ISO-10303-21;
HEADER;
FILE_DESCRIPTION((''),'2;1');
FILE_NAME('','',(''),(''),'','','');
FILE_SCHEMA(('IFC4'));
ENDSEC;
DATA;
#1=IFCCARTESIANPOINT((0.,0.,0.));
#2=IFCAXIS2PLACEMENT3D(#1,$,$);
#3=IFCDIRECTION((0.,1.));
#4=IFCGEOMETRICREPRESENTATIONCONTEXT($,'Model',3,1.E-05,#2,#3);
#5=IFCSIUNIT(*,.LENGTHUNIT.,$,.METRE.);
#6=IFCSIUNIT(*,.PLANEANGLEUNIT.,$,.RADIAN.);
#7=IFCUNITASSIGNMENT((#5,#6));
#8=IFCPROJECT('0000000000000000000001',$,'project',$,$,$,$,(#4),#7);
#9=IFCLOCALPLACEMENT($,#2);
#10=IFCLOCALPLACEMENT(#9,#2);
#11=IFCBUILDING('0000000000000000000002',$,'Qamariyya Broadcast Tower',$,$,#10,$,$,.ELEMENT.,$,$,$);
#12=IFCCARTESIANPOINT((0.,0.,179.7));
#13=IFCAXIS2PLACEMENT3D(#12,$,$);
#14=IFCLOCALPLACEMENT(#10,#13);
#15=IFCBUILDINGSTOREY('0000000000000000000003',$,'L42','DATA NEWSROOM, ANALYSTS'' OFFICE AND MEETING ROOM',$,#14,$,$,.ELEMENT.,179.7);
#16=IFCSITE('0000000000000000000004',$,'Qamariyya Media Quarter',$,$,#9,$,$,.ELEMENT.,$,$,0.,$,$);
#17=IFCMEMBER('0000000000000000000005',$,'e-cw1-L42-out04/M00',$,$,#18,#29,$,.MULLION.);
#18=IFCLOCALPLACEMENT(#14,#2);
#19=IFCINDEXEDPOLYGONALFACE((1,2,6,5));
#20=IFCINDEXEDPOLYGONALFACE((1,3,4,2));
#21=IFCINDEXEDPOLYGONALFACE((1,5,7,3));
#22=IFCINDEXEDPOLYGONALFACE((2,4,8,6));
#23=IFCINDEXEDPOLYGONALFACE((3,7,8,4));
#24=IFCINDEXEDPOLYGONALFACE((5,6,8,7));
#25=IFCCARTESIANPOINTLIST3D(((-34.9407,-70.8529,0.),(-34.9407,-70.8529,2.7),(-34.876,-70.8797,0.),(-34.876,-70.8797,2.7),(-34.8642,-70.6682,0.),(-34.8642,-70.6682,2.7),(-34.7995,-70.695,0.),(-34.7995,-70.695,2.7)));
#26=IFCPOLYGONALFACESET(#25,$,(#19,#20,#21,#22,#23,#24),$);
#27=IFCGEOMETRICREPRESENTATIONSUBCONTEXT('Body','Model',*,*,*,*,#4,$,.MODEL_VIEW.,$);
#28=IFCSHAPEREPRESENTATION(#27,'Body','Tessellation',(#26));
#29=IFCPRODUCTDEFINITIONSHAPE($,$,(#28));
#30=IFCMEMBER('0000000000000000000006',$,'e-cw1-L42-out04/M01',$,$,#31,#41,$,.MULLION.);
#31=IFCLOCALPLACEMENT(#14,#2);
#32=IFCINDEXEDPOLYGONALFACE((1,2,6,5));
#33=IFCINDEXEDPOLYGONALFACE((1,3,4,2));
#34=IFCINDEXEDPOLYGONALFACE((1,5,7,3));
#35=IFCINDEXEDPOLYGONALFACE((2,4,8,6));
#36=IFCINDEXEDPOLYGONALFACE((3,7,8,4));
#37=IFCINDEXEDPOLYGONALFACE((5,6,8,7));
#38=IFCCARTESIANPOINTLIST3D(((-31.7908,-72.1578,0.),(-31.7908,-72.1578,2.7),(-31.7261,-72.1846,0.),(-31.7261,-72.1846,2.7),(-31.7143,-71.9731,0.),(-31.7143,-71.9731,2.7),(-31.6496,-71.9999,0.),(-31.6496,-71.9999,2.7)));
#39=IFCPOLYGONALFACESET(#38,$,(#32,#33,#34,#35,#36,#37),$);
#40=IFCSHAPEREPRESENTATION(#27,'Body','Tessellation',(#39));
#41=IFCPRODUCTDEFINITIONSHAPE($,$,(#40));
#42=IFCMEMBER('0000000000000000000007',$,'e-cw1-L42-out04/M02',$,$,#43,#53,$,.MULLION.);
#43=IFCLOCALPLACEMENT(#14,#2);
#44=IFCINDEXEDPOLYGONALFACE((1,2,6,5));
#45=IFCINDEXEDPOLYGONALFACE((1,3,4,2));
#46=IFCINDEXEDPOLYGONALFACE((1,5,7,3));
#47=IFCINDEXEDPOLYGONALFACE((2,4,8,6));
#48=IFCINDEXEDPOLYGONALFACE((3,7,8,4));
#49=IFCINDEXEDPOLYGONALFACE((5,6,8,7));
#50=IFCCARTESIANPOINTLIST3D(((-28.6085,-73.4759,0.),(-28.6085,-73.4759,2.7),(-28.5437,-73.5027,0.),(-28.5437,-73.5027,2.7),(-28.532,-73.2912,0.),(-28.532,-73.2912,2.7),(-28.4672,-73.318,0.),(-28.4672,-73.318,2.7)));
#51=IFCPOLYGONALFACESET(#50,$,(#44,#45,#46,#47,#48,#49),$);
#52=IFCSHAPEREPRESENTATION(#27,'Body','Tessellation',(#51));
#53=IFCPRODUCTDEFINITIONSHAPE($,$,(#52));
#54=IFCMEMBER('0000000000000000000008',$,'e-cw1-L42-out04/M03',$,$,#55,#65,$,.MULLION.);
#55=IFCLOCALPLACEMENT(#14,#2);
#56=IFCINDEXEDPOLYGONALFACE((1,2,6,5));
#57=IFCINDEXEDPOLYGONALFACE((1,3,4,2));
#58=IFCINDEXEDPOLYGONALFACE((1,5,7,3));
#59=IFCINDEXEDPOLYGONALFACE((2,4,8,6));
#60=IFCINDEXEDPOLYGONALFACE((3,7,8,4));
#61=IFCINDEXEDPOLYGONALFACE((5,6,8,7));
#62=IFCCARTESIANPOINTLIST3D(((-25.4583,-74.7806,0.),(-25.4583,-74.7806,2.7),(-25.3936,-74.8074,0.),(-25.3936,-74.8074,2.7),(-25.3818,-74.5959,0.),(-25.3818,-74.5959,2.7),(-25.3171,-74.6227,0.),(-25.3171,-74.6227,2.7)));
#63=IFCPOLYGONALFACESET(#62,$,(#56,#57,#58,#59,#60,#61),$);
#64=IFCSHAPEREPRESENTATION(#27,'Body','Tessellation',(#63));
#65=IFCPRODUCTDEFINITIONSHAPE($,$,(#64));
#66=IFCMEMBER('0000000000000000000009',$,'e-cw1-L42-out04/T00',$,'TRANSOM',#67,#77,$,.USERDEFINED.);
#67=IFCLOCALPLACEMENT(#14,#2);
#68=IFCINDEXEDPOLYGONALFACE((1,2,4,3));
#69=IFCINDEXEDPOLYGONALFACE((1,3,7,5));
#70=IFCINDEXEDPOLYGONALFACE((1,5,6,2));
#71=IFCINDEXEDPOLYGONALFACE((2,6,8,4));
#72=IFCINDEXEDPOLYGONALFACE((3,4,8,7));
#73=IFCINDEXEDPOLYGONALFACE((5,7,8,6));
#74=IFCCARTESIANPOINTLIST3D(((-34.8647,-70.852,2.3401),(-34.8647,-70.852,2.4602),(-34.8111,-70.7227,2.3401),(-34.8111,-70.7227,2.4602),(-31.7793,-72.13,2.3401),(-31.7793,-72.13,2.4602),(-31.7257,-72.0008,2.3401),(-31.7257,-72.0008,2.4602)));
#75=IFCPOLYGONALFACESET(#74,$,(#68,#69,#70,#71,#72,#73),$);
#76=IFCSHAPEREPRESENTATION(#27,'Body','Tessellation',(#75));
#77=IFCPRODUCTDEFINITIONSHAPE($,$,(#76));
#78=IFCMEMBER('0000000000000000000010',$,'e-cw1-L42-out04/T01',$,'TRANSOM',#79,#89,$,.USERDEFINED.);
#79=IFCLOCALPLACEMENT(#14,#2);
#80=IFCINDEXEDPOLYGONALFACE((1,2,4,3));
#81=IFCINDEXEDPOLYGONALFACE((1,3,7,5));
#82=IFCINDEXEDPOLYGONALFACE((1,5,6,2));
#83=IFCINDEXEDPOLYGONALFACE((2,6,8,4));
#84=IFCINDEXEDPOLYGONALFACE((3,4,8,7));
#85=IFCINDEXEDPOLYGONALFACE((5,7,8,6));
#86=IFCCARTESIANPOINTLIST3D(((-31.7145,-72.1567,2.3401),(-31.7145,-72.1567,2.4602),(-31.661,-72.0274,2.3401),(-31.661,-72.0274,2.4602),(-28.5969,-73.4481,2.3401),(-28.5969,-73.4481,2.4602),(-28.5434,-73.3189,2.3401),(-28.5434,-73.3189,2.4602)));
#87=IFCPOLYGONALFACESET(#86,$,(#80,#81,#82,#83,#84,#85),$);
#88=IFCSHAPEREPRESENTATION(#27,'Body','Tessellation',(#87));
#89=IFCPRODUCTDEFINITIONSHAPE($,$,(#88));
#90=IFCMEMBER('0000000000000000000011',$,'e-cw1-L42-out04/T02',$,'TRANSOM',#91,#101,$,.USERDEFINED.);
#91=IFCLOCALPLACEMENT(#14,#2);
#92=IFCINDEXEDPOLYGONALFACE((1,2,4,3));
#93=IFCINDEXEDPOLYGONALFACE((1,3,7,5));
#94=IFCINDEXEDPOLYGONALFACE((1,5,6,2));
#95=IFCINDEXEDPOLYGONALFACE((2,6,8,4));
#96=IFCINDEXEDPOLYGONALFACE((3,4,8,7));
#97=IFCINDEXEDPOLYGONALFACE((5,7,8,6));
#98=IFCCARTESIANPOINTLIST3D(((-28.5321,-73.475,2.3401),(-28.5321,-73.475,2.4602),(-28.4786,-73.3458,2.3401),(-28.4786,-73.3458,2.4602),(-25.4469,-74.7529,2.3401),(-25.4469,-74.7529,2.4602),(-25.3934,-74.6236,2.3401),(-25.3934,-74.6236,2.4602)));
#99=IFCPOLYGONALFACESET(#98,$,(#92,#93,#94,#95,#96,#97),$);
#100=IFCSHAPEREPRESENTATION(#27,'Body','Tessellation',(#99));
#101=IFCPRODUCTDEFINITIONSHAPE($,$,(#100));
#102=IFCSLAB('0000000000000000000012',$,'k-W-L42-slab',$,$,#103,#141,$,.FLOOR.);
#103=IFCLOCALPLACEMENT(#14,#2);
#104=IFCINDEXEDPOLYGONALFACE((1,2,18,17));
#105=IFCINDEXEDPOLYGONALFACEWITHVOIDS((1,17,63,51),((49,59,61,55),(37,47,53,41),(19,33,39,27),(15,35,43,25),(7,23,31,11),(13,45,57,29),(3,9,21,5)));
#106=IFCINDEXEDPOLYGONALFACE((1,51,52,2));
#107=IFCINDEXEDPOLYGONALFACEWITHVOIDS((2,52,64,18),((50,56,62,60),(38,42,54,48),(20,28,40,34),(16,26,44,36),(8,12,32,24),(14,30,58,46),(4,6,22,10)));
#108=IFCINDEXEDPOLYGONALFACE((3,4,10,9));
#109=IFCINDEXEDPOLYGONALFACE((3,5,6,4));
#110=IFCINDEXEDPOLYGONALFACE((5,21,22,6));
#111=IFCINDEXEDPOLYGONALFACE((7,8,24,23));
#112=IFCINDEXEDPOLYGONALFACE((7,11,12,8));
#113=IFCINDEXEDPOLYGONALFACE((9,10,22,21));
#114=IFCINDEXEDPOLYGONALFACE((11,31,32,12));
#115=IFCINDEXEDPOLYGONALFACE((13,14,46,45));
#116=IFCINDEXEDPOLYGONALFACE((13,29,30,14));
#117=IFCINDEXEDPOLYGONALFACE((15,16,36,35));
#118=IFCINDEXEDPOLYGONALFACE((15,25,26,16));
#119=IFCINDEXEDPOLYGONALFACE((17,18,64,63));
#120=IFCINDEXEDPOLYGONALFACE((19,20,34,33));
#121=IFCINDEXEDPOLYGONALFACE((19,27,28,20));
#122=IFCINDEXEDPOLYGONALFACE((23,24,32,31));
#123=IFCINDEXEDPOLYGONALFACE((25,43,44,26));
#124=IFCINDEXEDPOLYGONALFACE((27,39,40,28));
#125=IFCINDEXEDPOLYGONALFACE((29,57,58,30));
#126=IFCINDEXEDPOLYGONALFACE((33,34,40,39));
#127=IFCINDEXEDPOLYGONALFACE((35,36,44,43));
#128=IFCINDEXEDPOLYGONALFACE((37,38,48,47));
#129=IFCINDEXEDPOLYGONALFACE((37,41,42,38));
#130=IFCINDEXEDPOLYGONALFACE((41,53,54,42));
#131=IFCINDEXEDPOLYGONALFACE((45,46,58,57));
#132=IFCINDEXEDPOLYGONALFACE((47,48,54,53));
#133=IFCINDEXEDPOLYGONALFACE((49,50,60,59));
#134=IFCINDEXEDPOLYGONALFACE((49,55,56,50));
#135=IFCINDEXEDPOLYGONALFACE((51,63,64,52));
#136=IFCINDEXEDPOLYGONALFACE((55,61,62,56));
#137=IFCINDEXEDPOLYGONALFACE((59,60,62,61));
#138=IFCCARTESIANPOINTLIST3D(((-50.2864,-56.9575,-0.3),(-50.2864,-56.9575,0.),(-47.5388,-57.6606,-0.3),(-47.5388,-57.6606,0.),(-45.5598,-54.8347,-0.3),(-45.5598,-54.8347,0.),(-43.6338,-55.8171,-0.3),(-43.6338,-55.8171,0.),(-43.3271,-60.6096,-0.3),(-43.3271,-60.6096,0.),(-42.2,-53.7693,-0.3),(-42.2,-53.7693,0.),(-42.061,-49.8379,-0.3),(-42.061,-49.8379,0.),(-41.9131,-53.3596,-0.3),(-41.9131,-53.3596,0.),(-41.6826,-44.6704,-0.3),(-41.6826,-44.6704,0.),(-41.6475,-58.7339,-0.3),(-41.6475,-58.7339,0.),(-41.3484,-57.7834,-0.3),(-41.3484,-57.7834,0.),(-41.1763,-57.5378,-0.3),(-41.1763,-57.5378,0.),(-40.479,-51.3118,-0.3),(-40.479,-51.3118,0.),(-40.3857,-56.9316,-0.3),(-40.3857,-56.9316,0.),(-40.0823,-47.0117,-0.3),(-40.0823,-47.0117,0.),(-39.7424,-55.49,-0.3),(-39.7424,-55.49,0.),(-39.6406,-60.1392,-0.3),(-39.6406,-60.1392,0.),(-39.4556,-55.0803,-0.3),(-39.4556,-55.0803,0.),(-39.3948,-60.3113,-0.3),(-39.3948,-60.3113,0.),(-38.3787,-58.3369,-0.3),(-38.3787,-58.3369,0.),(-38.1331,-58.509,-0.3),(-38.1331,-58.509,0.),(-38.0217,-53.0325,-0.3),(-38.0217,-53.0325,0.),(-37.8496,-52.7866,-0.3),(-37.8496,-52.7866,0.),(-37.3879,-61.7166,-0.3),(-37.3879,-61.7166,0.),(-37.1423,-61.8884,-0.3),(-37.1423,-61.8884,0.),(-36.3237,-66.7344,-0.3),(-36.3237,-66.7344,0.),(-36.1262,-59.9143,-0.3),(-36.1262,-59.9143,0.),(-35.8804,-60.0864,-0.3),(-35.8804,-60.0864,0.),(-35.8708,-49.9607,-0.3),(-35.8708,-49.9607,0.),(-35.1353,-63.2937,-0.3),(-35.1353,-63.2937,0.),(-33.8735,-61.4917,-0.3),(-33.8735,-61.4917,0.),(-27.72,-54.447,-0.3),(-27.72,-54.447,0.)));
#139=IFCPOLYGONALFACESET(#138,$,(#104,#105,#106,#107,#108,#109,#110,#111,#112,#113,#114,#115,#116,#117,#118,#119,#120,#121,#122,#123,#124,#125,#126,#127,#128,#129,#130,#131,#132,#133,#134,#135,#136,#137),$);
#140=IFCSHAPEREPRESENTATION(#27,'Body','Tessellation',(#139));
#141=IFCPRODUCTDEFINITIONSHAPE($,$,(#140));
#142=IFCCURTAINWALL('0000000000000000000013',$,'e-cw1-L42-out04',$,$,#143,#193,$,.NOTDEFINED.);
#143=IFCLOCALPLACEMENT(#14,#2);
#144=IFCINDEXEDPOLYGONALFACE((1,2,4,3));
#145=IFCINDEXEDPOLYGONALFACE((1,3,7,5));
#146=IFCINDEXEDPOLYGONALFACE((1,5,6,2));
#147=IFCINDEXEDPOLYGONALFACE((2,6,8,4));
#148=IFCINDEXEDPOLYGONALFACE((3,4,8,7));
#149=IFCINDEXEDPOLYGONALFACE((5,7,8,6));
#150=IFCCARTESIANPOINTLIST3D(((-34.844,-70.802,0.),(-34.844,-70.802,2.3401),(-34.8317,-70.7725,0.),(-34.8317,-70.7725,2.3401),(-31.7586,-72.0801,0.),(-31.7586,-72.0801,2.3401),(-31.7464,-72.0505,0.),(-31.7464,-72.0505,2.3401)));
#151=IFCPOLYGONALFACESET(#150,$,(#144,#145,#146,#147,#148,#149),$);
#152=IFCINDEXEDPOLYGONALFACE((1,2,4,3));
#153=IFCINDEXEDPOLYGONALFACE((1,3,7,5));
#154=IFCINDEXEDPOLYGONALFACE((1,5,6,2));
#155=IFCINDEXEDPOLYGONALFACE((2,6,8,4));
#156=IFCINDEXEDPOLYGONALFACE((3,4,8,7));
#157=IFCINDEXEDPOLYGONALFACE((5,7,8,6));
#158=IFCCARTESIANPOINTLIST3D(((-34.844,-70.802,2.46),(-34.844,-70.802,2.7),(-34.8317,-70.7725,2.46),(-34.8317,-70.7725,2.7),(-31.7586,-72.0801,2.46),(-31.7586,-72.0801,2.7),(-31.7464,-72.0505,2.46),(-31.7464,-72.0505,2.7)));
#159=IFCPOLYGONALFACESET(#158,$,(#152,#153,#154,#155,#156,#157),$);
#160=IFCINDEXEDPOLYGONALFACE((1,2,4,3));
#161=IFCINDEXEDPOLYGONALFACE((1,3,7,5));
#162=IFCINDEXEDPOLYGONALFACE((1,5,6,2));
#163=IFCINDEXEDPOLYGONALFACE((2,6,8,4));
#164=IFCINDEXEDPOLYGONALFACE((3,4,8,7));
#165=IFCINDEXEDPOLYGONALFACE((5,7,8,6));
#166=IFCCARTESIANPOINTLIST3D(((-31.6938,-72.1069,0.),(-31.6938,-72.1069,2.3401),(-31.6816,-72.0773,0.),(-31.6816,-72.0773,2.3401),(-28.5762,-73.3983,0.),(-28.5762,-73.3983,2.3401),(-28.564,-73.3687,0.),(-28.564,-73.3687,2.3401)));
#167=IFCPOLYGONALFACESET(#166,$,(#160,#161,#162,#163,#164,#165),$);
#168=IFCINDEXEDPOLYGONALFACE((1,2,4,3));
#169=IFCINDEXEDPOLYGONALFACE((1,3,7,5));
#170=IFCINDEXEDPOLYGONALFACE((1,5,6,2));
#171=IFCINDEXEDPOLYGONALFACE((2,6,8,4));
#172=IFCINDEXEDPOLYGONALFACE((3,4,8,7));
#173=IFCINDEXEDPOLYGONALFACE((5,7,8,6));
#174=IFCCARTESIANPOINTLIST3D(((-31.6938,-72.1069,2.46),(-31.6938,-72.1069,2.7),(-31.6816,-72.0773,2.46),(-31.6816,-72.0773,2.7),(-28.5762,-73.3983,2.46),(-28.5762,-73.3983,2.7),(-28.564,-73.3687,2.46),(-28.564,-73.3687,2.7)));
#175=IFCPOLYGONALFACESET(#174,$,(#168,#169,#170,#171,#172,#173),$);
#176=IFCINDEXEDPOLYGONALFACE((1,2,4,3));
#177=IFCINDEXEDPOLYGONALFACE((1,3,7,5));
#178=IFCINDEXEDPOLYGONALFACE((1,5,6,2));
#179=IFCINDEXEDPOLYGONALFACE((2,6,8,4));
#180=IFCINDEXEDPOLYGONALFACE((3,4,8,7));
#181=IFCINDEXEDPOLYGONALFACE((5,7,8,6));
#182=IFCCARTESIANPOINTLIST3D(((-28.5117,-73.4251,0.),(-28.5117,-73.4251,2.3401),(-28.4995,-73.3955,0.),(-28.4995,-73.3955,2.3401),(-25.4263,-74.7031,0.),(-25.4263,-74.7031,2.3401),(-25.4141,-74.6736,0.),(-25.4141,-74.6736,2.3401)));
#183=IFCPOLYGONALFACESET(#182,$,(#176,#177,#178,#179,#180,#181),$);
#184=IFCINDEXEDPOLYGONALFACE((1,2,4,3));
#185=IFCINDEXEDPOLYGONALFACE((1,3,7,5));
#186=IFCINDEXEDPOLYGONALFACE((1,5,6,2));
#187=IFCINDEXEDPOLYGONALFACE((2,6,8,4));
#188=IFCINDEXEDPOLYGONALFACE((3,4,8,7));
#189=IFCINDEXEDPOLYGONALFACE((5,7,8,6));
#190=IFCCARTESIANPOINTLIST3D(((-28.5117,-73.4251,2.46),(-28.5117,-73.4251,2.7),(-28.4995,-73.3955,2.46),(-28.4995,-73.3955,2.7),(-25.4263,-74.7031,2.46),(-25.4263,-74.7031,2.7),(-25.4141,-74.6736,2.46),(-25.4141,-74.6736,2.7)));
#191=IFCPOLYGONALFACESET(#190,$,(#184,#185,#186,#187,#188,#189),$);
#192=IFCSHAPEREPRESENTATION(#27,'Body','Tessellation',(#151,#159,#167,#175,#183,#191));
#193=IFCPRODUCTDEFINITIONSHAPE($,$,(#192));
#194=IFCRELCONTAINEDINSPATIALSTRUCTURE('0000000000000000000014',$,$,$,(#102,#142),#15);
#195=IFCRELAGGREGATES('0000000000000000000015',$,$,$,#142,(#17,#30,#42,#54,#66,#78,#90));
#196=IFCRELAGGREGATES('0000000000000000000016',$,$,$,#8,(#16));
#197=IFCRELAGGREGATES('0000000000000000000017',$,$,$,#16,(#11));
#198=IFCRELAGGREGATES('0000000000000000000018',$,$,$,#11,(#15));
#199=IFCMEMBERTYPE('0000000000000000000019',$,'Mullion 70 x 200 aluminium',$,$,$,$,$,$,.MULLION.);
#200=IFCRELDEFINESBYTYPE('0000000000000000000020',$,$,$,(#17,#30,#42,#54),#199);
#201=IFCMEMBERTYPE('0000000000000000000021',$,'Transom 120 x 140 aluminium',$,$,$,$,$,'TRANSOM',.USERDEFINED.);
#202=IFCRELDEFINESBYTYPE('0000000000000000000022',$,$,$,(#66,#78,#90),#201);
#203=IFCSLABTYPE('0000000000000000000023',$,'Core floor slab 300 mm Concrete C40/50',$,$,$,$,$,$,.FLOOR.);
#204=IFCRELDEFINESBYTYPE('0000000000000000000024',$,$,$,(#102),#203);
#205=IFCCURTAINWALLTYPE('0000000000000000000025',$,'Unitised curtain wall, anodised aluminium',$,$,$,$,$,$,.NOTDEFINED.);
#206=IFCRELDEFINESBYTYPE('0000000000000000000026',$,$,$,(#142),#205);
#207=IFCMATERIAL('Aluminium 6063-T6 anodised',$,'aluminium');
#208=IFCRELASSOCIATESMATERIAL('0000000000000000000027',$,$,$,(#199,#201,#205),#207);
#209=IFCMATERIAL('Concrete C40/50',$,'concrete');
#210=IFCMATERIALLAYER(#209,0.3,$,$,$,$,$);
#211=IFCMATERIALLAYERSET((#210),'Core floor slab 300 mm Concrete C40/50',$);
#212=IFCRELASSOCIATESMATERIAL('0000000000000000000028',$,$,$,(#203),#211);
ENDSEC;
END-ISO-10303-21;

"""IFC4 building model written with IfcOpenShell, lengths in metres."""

from ifc_helpers import new_model, si_unit, direction, frame, origin, origin_2d, place, context, subcontext, project, spatial, polyline, rectangle, outline, extrude, material, layer, layer_set, material_profile, profile_set, type_object, element, aggregate, save


model = new_model("IFC4")

# Units and contexts
model_context = context("Model", 3, precision=1e-05, world=origin(), true_north=direction((0.0, 1.0)))
body_context = subcontext(model_context, "Body", "Model", "MODEL_VIEW")
ifc_project = project(units=[si_unit("LENGTHUNIT", "METRE"), si_unit("PLANEANGLEUNIT", "RADIAN")], contexts=[model_context])

# Members
ifc_material_1 = material(Name="Aluminium 6063-T6 anodised", Category="aluminium")
ifc_material_profile_1 = material_profile(ifc_material_1, rectangle(XDim=0.2, YDim=0.0701, at=origin_2d()))
ifc_profile_set_1 = profile_set([ifc_material_profile_1], Name="Aluminium 6063-T6 anodised")
member_type_1 = type_object("IfcMemberType", Name="Mullion 70 x 200 aluminium", PredefinedType="MULLION", material=ifc_profile_set_1)
site_placement = place(None, origin())
building_placement = place(site_placement, origin())
storey_placement = place(building_placement, frame((0.0, 0.0, 179.7)))
member_1_placement = place(storey_placement, frame((-34.8701, -70.7739, 0.0), z_axis=(0.0, 0.0, 1.0), x_axis=(0.382683, 0.92388, 0.0)))
member_1 = element("IfcMember", 1, at=member_1_placement, type_object=member_type_1, Name="e-cw1-L42-out04/M00", PredefinedType="MULLION", context=body_context, shape_type="SweptSolid", body=[
    extrude(rectangle(XDim=0.2, YDim=0.0701, at=origin_2d()), origin(), (0.0, 0.0, 1.0), 2.7),
])
member_2_placement = place(storey_placement, frame((-31.7202, -72.0789, 0.0), z_axis=(0.0, 0.0, 1.0), x_axis=(0.382683, 0.92388, 0.0)))
member_2 = element("IfcMember", 2, at=member_2_placement, type_object=member_type_1, Name="e-cw1-L42-out04/M01", PredefinedType="MULLION", context=body_context, shape_type="SweptSolid", body=[
    extrude(rectangle(XDim=0.2, YDim=0.0701, at=origin_2d()), origin(), (0.0, 0.0, 1.0), 2.7),
])
member_3_placement = place(storey_placement, frame((-28.5378, -73.397, 0.0), z_axis=(0.0, 0.0, 1.0), x_axis=(0.382683, 0.92388, 0.0)))
member_3 = element("IfcMember", 3, at=member_3_placement, type_object=member_type_1, Name="e-cw1-L42-out04/M02", PredefinedType="MULLION", context=body_context, shape_type="SweptSolid", body=[
    extrude(rectangle(XDim=0.2, YDim=0.0701, at=origin_2d()), origin(), (0.0, 0.0, 1.0), 2.7),
])
member_4_placement = place(storey_placement, frame((-25.3877, -74.7017, 0.0), z_axis=(0.0, 0.0, 1.0), x_axis=(0.382683, 0.92388, 0.0)))
member_4 = element("IfcMember", 4, at=member_4_placement, type_object=member_type_1, Name="e-cw1-L42-out04/M03", PredefinedType="MULLION", context=body_context, shape_type="SweptSolid", body=[
    extrude(rectangle(XDim=0.2, YDim=0.0701, at=origin_2d()), origin(), (0.0, 0.0, 1.0), 2.7),
])
ifc_material_profile_2 = material_profile(ifc_material_1, rectangle(XDim=0.1399, YDim=0.1201, at=origin_2d()))
ifc_profile_set_2 = profile_set([ifc_material_profile_2], Name="Aluminium 6063-T6 anodised")
member_type_2 = type_object("IfcMemberType", Name="Transom 120 x 140 aluminium", ElementType="TRANSOM", PredefinedType="USERDEFINED", material=ifc_profile_set_2)
member_5_placement = place(storey_placement, frame((-34.8379, -70.7874, 2.4001), z_axis=(0.923875, -0.382694, 0.0), x_axis=(0.382694, 0.923875, 0.0)))
member_5 = element("IfcMember", 5, at=member_5_placement, type_object=member_type_2, Name="e-cw1-L42-out04/T00", ObjectType="TRANSOM", PredefinedType="USERDEFINED", context=body_context, shape_type="SweptSolid", body=[
    extrude(rectangle(XDim=0.1399, YDim=0.1201, at=origin_2d()), origin(), (0.0, 0.0, 1.0), 3.3396),
])
member_6_placement = place(storey_placement, frame((-31.6877, -72.092, 2.4001), z_axis=(0.923867, -0.382714, 0.0), x_axis=(0.382714, 0.923867, 0.0)))
member_6 = element("IfcMember", 6, at=member_6_placement, type_object=member_type_2, Name="e-cw1-L42-out04/T01", ObjectType="TRANSOM", PredefinedType="USERDEFINED", context=body_context, shape_type="SweptSolid", body=[
    extrude(rectangle(XDim=0.1399, YDim=0.1201, at=origin_2d()), origin(), (0.0, 0.0, 1.0), 3.3745),
])
member_7_placement = place(storey_placement, frame((-28.5054, -73.4104, 2.4001), z_axis=(0.92389, -0.382657, 0.0), x_axis=(0.382657, 0.92389, 0.0)))
member_7 = element("IfcMember", 7, at=member_7_placement, type_object=member_type_2, Name="e-cw1-L42-out04/T02", ObjectType="TRANSOM", PredefinedType="USERDEFINED", context=body_context, shape_type="SweptSolid", body=[
    extrude(rectangle(XDim=0.1399, YDim=0.1201, at=origin_2d()), origin(), (0.0, 0.0, 1.0), 3.3394),
])

# Site, building, storey
site = spatial("IfcSite", under=ifc_project, at=site_placement, Name="Qamariyya Media Quarter", CompositionType="ELEMENT", RefElevation=0.0)
building = spatial("IfcBuilding", under=site, at=building_placement, Name="Qamariyya Broadcast Tower", CompositionType="ELEMENT")
storey = spatial("IfcBuildingStorey", under=building, at=storey_placement, Name="L42", Description="DATA NEWSROOM, ANALYSTS' OFFICE AND MEETING ROOM", CompositionType="ELEMENT", Elevation=179.7)

# Slab
ifc_material_2 = material(Name="Concrete C40/50", Category="concrete")
ifc_layer = layer(ifc_material_2, 0.3)
ifc_layer_set = layer_set([ifc_layer], Name="Core floor slab 300 mm Concrete C40/50")
slab_type = type_object("IfcSlabType", Name="Core floor slab 300 mm Concrete C40/50", PredefinedType="FLOOR", material=ifc_layer_set)
slab_1_placement = place(storey_placement, frame((0.0, 0.0, -0.3)))
element("IfcSlab", 8, at=slab_1_placement, inside=storey, type_object=slab_type, Name="k-W-L42-slab", PredefinedType="FLOOR", context=body_context, shape_type="SweptSolid", body=[
    extrude(outline(polyline([(-50.2864, -56.9575), (-36.3237, -66.7344), (-27.72, -54.447), (-41.6826, -44.6704), (-50.2864, -56.9575)]), holes=[polyline([(-33.8735, -61.4917), (-35.8804, -60.0864), (-37.1423, -61.8884), (-35.1353, -63.2937), (-33.8735, -61.4917)]), polyline([(-36.1262, -59.9143), (-38.1331, -58.509), (-39.3948, -60.3113), (-37.3879, -61.7166), (-36.1262, -59.9143)]), polyline([(-38.3787, -58.3369), (-40.3857, -56.9316), (-41.6475, -58.7339), (-39.6406, -60.1392), (-38.3787, -58.3369)]), polyline([(-39.7424, -55.49), (-42.2, -53.7693), (-43.6338, -55.8171), (-41.1763, -57.5378), (-39.7424, -55.49)]), polyline([(-39.4556, -55.0803), (-41.9131, -53.3596), (-40.479, -51.3118), (-38.0217, -53.0325), (-39.4556, -55.0803)]), polyline([(-42.061, -49.8379), (-37.8496, -52.7866), (-35.8708, -49.9607), (-40.0823, -47.0117), (-42.061, -49.8379)]), polyline([(-47.5388, -57.6606), (-43.3271, -60.6096), (-41.3484, -57.7834), (-45.5598, -54.8347), (-47.5388, -57.6606)])]), origin(), (0.0, 0.0, 1.0), 0.3),
])

# Curtain wall
curtain_wall_type = type_object("IfcCurtainWallType", Name="Unitised curtain wall, anodised aluminium", PredefinedType="NOTDEFINED", material=ifc_material_1)
curtain_wall_1_placement = place(storey_placement, origin())
curtain_wall_1 = element("IfcCurtainWall", 9, at=curtain_wall_1_placement, inside=storey, type_object=curtain_wall_type, Name="e-cw1-L42-out04", PredefinedType="NOTDEFINED", context=body_context, shape_type="SweptSolid", body=[
    extrude(rectangle(XDim=3.3396, YDim=0.032, at=origin_2d()), frame((-33.2952, -71.4263, 0.0), x_axis=(0.923878, -0.382687, 0.0)), (0.0, 0.0, 1.0), 2.3401),
    extrude(rectangle(XDim=3.3396, YDim=0.032, at=origin_2d()), frame((-33.2952, -71.4263, 2.46), x_axis=(0.923878, -0.382687, 0.0)), (0.0, 0.0, 1.0), 0.24),
    extrude(rectangle(XDim=3.3745, YDim=0.032, at=origin_2d()), frame((-30.1289, -72.7378, 0.0), x_axis=(0.923878, -0.382687, 0.0)), (0.0, 0.0, 1.0), 2.3401),
    extrude(rectangle(XDim=3.3745, YDim=0.032, at=origin_2d()), frame((-30.1289, -72.7378, 2.46), x_axis=(0.923878, -0.382687, 0.0)), (0.0, 0.0, 1.0), 0.24),
    extrude(rectangle(XDim=3.3396, YDim=0.032, at=origin_2d()), frame((-26.9629, -74.0493, 0.0), x_axis=(0.923878, -0.382687, 0.0)), (0.0, 0.0, 1.0), 2.3401),
    extrude(rectangle(XDim=3.3396, YDim=0.032, at=origin_2d()), frame((-26.9629, -74.0493, 2.46), x_axis=(0.923878, -0.382687, 0.0)), (0.0, 0.0, 1.0), 0.24),
])
aggregate(curtain_wall_1, [member_1, member_2, member_3, member_4, member_5, member_6, member_7])

save(model, "model.ifc")
